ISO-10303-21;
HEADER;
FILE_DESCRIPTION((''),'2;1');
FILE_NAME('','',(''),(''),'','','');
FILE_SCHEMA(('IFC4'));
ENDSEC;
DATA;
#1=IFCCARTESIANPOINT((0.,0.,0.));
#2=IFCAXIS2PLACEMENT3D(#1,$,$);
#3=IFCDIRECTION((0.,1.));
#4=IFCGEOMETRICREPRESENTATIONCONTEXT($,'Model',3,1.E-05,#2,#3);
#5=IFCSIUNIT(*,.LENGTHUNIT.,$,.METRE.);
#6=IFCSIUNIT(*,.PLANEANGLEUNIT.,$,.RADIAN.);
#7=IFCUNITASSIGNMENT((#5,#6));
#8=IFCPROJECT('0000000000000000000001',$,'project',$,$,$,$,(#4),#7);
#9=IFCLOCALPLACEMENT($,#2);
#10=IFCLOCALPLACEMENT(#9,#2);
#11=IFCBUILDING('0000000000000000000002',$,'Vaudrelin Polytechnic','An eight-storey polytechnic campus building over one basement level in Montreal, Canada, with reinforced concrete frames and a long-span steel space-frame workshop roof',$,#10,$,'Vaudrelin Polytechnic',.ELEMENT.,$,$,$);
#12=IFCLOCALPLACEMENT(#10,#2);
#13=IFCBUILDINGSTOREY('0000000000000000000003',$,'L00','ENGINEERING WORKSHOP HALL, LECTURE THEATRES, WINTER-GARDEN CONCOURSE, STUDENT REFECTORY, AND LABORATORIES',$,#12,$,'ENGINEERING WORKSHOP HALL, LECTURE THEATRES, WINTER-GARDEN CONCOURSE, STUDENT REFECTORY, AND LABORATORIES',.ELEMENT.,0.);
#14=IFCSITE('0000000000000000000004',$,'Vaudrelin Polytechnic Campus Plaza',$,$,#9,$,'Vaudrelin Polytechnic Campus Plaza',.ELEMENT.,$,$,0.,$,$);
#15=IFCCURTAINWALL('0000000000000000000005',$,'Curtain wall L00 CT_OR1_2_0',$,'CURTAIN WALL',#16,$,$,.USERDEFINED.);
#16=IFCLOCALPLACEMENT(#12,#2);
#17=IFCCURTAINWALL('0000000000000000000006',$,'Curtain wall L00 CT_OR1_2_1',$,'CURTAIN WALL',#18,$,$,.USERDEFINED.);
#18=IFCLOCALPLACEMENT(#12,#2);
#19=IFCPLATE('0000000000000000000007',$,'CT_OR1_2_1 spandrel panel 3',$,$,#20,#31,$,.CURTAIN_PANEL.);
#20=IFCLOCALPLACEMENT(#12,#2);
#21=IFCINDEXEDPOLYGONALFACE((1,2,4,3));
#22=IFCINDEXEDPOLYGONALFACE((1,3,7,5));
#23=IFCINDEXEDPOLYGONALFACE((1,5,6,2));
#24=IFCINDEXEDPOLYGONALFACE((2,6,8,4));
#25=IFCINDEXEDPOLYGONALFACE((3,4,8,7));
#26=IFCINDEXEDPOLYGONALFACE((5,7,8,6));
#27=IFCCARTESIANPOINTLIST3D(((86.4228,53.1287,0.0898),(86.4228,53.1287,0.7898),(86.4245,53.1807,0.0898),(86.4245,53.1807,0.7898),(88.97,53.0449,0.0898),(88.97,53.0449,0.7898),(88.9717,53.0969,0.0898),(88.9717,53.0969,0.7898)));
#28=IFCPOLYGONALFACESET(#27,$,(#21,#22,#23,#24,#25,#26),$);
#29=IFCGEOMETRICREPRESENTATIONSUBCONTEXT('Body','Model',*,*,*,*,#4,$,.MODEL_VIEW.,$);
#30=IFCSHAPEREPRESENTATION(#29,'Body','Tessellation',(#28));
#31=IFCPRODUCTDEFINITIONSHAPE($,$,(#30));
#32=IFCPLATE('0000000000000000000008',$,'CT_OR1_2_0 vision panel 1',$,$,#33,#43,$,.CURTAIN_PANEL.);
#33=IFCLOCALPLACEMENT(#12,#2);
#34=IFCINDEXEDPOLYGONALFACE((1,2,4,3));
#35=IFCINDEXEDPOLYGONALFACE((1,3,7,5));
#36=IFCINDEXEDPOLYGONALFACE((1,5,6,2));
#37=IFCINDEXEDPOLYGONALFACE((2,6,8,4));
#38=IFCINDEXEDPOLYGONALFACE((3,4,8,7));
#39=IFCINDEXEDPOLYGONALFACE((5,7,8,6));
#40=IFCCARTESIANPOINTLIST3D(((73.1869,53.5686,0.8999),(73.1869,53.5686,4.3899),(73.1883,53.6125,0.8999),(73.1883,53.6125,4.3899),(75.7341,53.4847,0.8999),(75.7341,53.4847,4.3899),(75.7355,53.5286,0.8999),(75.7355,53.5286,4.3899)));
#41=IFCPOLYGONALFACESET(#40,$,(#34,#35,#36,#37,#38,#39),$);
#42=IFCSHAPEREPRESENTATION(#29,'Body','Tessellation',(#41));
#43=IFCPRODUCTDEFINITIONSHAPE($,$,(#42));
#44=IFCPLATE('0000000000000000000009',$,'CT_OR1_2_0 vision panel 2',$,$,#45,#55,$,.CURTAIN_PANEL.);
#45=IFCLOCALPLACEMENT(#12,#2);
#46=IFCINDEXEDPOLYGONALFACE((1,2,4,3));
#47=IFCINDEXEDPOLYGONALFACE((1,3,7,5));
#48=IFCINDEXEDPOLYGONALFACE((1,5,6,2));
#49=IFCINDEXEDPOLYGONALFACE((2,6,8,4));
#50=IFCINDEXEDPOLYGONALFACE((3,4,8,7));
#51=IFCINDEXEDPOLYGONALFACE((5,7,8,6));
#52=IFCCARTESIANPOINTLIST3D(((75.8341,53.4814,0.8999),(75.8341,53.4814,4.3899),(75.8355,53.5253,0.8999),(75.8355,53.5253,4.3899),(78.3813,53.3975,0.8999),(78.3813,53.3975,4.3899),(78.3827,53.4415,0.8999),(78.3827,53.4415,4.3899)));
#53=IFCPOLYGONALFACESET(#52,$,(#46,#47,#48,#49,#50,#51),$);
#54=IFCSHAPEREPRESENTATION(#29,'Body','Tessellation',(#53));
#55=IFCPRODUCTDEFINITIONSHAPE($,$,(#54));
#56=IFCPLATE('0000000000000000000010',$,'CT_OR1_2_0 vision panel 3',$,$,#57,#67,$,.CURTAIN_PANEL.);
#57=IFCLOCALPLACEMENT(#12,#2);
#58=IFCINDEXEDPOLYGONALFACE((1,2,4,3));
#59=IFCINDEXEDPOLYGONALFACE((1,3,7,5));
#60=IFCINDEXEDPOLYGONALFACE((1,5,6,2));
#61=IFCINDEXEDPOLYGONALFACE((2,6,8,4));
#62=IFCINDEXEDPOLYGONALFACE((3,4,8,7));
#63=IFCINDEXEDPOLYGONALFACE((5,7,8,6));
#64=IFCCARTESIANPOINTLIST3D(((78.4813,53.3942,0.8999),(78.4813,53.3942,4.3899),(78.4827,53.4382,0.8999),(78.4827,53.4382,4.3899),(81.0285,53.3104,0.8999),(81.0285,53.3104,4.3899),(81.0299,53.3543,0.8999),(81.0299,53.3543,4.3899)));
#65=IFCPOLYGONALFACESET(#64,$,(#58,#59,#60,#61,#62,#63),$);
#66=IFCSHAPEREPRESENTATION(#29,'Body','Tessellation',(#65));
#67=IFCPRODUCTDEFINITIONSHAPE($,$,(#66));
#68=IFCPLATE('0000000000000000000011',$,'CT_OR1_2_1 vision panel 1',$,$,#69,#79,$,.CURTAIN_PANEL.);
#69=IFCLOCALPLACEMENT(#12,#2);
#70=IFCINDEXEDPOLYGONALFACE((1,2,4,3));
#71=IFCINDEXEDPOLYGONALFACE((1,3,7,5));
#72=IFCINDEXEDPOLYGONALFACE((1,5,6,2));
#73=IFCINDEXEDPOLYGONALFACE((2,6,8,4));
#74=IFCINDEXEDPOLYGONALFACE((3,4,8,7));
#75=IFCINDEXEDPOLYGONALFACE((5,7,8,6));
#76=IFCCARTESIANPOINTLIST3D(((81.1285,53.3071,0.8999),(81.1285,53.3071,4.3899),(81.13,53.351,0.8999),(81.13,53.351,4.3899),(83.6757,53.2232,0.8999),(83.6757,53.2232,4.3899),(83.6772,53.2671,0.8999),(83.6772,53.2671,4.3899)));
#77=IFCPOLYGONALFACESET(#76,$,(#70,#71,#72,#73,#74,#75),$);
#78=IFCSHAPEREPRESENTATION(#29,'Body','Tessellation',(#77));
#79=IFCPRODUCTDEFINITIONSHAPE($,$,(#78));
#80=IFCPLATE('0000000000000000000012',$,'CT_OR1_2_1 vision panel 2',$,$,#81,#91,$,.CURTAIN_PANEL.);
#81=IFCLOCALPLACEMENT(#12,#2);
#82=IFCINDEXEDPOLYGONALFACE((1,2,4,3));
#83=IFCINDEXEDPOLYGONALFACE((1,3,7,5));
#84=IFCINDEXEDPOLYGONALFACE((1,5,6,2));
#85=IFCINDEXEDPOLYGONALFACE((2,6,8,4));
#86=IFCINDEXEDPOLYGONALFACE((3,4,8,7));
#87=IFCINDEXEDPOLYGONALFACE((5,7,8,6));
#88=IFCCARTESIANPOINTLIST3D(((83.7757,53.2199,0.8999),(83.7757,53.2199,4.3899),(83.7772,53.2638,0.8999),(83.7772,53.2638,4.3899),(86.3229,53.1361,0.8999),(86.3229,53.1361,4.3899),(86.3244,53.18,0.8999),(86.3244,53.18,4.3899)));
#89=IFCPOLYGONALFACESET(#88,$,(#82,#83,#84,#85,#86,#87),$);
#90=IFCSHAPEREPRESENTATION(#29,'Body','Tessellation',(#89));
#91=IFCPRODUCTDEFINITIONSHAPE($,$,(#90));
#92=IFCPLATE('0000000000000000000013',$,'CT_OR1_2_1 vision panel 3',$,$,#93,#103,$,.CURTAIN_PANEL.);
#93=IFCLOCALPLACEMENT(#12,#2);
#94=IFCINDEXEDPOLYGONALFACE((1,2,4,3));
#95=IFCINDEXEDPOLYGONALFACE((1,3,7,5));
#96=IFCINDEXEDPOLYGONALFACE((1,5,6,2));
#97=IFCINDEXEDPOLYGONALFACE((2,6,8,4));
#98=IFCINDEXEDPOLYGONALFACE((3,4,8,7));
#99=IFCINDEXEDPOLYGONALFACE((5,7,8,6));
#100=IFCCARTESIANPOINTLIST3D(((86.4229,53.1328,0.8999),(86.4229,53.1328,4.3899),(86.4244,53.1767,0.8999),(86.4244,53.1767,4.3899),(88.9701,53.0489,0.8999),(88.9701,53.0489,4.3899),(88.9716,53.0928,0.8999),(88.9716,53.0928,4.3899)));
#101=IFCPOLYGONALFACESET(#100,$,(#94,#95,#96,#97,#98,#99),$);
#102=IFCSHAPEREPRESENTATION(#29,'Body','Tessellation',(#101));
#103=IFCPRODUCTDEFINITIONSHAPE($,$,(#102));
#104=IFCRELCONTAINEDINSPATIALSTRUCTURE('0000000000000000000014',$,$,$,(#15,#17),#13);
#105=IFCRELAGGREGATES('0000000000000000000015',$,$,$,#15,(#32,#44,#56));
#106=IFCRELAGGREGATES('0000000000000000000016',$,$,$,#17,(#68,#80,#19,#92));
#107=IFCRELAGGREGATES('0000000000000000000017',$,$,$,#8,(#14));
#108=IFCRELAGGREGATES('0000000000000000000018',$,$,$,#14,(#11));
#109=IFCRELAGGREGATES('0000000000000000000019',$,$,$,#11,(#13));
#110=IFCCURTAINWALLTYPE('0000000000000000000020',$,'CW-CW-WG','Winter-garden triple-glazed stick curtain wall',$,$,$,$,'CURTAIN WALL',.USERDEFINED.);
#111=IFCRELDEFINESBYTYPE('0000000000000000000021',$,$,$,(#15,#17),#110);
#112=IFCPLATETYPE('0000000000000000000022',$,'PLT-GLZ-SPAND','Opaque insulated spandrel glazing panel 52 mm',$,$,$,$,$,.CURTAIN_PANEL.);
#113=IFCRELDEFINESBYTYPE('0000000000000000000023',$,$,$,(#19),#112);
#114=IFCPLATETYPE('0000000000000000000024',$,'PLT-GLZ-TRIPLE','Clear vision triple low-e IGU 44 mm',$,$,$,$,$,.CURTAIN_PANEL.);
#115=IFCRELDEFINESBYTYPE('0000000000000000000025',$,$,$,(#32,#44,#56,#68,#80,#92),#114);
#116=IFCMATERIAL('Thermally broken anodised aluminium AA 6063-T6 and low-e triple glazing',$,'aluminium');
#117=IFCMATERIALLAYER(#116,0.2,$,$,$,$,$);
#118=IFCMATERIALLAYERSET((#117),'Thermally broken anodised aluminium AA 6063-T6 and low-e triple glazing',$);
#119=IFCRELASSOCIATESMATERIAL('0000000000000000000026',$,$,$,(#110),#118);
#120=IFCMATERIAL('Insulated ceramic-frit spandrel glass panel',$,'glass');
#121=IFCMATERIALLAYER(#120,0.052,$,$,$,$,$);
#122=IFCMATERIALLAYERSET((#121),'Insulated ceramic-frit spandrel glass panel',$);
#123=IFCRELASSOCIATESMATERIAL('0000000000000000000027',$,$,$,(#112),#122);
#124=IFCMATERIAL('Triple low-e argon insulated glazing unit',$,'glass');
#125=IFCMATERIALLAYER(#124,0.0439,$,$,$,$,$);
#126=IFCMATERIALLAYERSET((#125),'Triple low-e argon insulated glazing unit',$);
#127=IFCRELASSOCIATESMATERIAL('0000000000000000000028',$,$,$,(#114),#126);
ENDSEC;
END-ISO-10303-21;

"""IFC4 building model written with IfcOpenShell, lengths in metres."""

from ifc_helpers import new_model, si_unit, direction, frame, origin, origin_2d, place, context, subcontext, project, spatial, rectangle, extrude, material, layer, layer_set, type_object, element, aggregate, save


model = new_model("IFC4")

# Units and contexts
model_context = context("Model", 3, precision=1e-05, world=origin(), true_north=direction((0.0, 1.0)))
body_context = subcontext(model_context, "Body", "Model", "MODEL_VIEW")
ifc_project = project(units=[si_unit("LENGTHUNIT", "METRE"), si_unit("PLANEANGLEUNIT", "RADIAN")], contexts=[model_context])

# Site, building, storey
site_placement = place(None, origin())
site = spatial("IfcSite", under=ifc_project, at=site_placement, Name="Vaudrelin Polytechnic Campus Plaza", LongName="Vaudrelin Polytechnic Campus Plaza", CompositionType="ELEMENT", RefElevation=0.0)
building_placement = place(site_placement, origin())
building = spatial("IfcBuilding", under=site, at=building_placement, Name="Vaudrelin Polytechnic", Description="An eight-storey polytechnic campus building over one basement level in Montreal, Canada, with reinforced concrete frames and a long-span steel space-frame workshop roof", LongName="Vaudrelin Polytechnic", CompositionType="ELEMENT")
storey_placement = place(building_placement, origin())
storey = spatial("IfcBuildingStorey", under=building, at=storey_placement, Name="L00", Description="ENGINEERING WORKSHOP HALL, LECTURE THEATRES, WINTER-GARDEN CONCOURSE, STUDENT REFECTORY, AND LABORATORIES", LongName="ENGINEERING WORKSHOP HALL, LECTURE THEATRES, WINTER-GARDEN CONCOURSE, STUDENT REFECTORY, AND LABORATORIES", CompositionType="ELEMENT", Elevation=0.0)

# Curtain walls
ifc_material_1 = material(Name="Thermally broken anodised aluminium AA 6063-T6 and low-e triple glazing", Category="aluminium")
ifc_layer_1 = layer(ifc_material_1, 0.2)
ifc_layer_set_1 = layer_set([ifc_layer_1], Name="Thermally broken anodised aluminium AA 6063-T6 and low-e triple glazing")
curtain_wall_type = type_object("IfcCurtainWallType", Name="CW-CW-WG", Description="Winter-garden triple-glazed stick curtain wall", ElementType="CURTAIN WALL", PredefinedType="USERDEFINED", material=ifc_layer_set_1)
curtain_wall_1_placement = place(storey_placement, origin())
curtain_wall_1 = element("IfcCurtainWall", 1, at=curtain_wall_1_placement, inside=storey, type_object=curtain_wall_type, Name="Curtain wall L00 CT_OR1_2_0", ObjectType="CURTAIN WALL", PredefinedType="USERDEFINED")
curtain_wall_2_placement = place(storey_placement, origin())
curtain_wall_2 = element("IfcCurtainWall", 2, at=curtain_wall_2_placement, inside=storey, type_object=curtain_wall_type, Name="Curtain wall L00 CT_OR1_2_1", ObjectType="CURTAIN WALL", PredefinedType="USERDEFINED")

# Plates
ifc_material_2 = material(Name="Insulated ceramic-frit spandrel glass panel", Category="glass")
ifc_layer_2 = layer(ifc_material_2, 0.052)
ifc_layer_set_2 = layer_set([ifc_layer_2], Name="Insulated ceramic-frit spandrel glass panel")
plate_type_1 = type_object("IfcPlateType", Name="PLT-GLZ-SPAND", Description="Opaque insulated spandrel glazing panel 52 mm", PredefinedType="CURTAIN_PANEL", material=ifc_layer_set_2)
plate_1_placement = place(storey_placement, frame((87.6973, 53.1128, 0.0898), z_axis=(0.0, 0.0, 1.0), x_axis=(0.999459, -0.032897, 0.0)))
plate_1 = element("IfcPlate", 3, at=plate_1_placement, type_object=plate_type_1, Name="CT_OR1_2_1 spandrel panel 3", PredefinedType="CURTAIN_PANEL", context=body_context, shape_type="SweptSolid", body=[
    extrude(rectangle(XDim=2.5486, YDim=0.052, at=origin_2d()), origin(), (0.0, 0.0, 1.0), 0.7),
])
ifc_material_3 = material(Name="Triple low-e argon insulated glazing unit", Category="glass")
ifc_layer_3 = layer(ifc_material_3, 0.0439)
ifc_layer_set_3 = layer_set([ifc_layer_3], Name="Triple low-e argon insulated glazing unit")
plate_type_2 = type_object("IfcPlateType", Name="PLT-GLZ-TRIPLE", Description="Clear vision triple low-e IGU 44 mm", PredefinedType="CURTAIN_PANEL", material=ifc_layer_set_3)
plate_2_placement = place(storey_placement, frame((74.4612, 53.5486, 0.8999), z_axis=(0.0, 0.0, 1.0), x_axis=(0.999458, -0.03291, 0.0)))
plate_2 = element("IfcPlate", 4, at=plate_2_placement, type_object=plate_type_2, Name="CT_OR1_2_0 vision panel 1", PredefinedType="CURTAIN_PANEL", context=body_context, shape_type="SweptSolid", body=[
    extrude(rectangle(XDim=2.5486, YDim=0.0439, at=origin_2d()), origin(), (0.0, 0.0, 1.0), 3.49),
])
plate_3_placement = place(storey_placement, frame((77.1084, 53.4614, 0.8999), z_axis=(0.0, 0.0, 1.0), x_axis=(0.999458, -0.03291, 0.0)))
plate_3 = element("IfcPlate", 5, at=plate_3_placement, type_object=plate_type_2, Name="CT_OR1_2_0 vision panel 2", PredefinedType="CURTAIN_PANEL", context=body_context, shape_type="SweptSolid", body=[
    extrude(rectangle(XDim=2.5486, YDim=0.0439, at=origin_2d()), origin(), (0.0, 0.0, 1.0), 3.49),
])
plate_4_placement = place(storey_placement, frame((79.7556, 53.3743, 0.8999), z_axis=(0.0, 0.0, 1.0), x_axis=(0.999458, -0.03291, 0.0)))
plate_4 = element("IfcPlate", 6, at=plate_4_placement, type_object=plate_type_2, Name="CT_OR1_2_0 vision panel 3", PredefinedType="CURTAIN_PANEL", context=body_context, shape_type="SweptSolid", body=[
    extrude(rectangle(XDim=2.5486, YDim=0.0439, at=origin_2d()), origin(), (0.0, 0.0, 1.0), 3.49),
])
aggregate(curtain_wall_1, [plate_2, plate_3, plate_4])
plate_5_placement = place(storey_placement, frame((82.4028, 53.2871, 0.8999), z_axis=(0.0, 0.0, 1.0), x_axis=(0.999459, -0.032897, 0.0)))
plate_5 = element("IfcPlate", 7, at=plate_5_placement, type_object=plate_type_2, Name="CT_OR1_2_1 vision panel 1", PredefinedType="CURTAIN_PANEL", context=body_context, shape_type="SweptSolid", body=[
    extrude(rectangle(XDim=2.5486, YDim=0.0439, at=origin_2d()), origin(), (0.0, 0.0, 1.0), 3.49),
])
plate_6_placement = place(storey_placement, frame((85.05, 53.2, 0.8999), z_axis=(0.0, 0.0, 1.0), x_axis=(0.999459, -0.032897, 0.0)))
plate_6 = element("IfcPlate", 8, at=plate_6_placement, type_object=plate_type_2, Name="CT_OR1_2_1 vision panel 2", PredefinedType="CURTAIN_PANEL", context=body_context, shape_type="SweptSolid", body=[
    extrude(rectangle(XDim=2.5486, YDim=0.0439, at=origin_2d()), origin(), (0.0, 0.0, 1.0), 3.49),
])
plate_7_placement = place(storey_placement, frame((87.6973, 53.1128, 0.8999), z_axis=(0.0, 0.0, 1.0), x_axis=(0.999459, -0.032897, 0.0)))
plate_7 = element("IfcPlate", 9, at=plate_7_placement, type_object=plate_type_2, Name="CT_OR1_2_1 vision panel 3", PredefinedType="CURTAIN_PANEL", context=body_context, shape_type="SweptSolid", body=[
    extrude(rectangle(XDim=2.5486, YDim=0.0439, at=origin_2d()), origin(), (0.0, 0.0, 1.0), 3.49),
])
aggregate(curtain_wall_2, [plate_5, plate_6, plate_1, plate_7])

save(model, "model.ifc")
